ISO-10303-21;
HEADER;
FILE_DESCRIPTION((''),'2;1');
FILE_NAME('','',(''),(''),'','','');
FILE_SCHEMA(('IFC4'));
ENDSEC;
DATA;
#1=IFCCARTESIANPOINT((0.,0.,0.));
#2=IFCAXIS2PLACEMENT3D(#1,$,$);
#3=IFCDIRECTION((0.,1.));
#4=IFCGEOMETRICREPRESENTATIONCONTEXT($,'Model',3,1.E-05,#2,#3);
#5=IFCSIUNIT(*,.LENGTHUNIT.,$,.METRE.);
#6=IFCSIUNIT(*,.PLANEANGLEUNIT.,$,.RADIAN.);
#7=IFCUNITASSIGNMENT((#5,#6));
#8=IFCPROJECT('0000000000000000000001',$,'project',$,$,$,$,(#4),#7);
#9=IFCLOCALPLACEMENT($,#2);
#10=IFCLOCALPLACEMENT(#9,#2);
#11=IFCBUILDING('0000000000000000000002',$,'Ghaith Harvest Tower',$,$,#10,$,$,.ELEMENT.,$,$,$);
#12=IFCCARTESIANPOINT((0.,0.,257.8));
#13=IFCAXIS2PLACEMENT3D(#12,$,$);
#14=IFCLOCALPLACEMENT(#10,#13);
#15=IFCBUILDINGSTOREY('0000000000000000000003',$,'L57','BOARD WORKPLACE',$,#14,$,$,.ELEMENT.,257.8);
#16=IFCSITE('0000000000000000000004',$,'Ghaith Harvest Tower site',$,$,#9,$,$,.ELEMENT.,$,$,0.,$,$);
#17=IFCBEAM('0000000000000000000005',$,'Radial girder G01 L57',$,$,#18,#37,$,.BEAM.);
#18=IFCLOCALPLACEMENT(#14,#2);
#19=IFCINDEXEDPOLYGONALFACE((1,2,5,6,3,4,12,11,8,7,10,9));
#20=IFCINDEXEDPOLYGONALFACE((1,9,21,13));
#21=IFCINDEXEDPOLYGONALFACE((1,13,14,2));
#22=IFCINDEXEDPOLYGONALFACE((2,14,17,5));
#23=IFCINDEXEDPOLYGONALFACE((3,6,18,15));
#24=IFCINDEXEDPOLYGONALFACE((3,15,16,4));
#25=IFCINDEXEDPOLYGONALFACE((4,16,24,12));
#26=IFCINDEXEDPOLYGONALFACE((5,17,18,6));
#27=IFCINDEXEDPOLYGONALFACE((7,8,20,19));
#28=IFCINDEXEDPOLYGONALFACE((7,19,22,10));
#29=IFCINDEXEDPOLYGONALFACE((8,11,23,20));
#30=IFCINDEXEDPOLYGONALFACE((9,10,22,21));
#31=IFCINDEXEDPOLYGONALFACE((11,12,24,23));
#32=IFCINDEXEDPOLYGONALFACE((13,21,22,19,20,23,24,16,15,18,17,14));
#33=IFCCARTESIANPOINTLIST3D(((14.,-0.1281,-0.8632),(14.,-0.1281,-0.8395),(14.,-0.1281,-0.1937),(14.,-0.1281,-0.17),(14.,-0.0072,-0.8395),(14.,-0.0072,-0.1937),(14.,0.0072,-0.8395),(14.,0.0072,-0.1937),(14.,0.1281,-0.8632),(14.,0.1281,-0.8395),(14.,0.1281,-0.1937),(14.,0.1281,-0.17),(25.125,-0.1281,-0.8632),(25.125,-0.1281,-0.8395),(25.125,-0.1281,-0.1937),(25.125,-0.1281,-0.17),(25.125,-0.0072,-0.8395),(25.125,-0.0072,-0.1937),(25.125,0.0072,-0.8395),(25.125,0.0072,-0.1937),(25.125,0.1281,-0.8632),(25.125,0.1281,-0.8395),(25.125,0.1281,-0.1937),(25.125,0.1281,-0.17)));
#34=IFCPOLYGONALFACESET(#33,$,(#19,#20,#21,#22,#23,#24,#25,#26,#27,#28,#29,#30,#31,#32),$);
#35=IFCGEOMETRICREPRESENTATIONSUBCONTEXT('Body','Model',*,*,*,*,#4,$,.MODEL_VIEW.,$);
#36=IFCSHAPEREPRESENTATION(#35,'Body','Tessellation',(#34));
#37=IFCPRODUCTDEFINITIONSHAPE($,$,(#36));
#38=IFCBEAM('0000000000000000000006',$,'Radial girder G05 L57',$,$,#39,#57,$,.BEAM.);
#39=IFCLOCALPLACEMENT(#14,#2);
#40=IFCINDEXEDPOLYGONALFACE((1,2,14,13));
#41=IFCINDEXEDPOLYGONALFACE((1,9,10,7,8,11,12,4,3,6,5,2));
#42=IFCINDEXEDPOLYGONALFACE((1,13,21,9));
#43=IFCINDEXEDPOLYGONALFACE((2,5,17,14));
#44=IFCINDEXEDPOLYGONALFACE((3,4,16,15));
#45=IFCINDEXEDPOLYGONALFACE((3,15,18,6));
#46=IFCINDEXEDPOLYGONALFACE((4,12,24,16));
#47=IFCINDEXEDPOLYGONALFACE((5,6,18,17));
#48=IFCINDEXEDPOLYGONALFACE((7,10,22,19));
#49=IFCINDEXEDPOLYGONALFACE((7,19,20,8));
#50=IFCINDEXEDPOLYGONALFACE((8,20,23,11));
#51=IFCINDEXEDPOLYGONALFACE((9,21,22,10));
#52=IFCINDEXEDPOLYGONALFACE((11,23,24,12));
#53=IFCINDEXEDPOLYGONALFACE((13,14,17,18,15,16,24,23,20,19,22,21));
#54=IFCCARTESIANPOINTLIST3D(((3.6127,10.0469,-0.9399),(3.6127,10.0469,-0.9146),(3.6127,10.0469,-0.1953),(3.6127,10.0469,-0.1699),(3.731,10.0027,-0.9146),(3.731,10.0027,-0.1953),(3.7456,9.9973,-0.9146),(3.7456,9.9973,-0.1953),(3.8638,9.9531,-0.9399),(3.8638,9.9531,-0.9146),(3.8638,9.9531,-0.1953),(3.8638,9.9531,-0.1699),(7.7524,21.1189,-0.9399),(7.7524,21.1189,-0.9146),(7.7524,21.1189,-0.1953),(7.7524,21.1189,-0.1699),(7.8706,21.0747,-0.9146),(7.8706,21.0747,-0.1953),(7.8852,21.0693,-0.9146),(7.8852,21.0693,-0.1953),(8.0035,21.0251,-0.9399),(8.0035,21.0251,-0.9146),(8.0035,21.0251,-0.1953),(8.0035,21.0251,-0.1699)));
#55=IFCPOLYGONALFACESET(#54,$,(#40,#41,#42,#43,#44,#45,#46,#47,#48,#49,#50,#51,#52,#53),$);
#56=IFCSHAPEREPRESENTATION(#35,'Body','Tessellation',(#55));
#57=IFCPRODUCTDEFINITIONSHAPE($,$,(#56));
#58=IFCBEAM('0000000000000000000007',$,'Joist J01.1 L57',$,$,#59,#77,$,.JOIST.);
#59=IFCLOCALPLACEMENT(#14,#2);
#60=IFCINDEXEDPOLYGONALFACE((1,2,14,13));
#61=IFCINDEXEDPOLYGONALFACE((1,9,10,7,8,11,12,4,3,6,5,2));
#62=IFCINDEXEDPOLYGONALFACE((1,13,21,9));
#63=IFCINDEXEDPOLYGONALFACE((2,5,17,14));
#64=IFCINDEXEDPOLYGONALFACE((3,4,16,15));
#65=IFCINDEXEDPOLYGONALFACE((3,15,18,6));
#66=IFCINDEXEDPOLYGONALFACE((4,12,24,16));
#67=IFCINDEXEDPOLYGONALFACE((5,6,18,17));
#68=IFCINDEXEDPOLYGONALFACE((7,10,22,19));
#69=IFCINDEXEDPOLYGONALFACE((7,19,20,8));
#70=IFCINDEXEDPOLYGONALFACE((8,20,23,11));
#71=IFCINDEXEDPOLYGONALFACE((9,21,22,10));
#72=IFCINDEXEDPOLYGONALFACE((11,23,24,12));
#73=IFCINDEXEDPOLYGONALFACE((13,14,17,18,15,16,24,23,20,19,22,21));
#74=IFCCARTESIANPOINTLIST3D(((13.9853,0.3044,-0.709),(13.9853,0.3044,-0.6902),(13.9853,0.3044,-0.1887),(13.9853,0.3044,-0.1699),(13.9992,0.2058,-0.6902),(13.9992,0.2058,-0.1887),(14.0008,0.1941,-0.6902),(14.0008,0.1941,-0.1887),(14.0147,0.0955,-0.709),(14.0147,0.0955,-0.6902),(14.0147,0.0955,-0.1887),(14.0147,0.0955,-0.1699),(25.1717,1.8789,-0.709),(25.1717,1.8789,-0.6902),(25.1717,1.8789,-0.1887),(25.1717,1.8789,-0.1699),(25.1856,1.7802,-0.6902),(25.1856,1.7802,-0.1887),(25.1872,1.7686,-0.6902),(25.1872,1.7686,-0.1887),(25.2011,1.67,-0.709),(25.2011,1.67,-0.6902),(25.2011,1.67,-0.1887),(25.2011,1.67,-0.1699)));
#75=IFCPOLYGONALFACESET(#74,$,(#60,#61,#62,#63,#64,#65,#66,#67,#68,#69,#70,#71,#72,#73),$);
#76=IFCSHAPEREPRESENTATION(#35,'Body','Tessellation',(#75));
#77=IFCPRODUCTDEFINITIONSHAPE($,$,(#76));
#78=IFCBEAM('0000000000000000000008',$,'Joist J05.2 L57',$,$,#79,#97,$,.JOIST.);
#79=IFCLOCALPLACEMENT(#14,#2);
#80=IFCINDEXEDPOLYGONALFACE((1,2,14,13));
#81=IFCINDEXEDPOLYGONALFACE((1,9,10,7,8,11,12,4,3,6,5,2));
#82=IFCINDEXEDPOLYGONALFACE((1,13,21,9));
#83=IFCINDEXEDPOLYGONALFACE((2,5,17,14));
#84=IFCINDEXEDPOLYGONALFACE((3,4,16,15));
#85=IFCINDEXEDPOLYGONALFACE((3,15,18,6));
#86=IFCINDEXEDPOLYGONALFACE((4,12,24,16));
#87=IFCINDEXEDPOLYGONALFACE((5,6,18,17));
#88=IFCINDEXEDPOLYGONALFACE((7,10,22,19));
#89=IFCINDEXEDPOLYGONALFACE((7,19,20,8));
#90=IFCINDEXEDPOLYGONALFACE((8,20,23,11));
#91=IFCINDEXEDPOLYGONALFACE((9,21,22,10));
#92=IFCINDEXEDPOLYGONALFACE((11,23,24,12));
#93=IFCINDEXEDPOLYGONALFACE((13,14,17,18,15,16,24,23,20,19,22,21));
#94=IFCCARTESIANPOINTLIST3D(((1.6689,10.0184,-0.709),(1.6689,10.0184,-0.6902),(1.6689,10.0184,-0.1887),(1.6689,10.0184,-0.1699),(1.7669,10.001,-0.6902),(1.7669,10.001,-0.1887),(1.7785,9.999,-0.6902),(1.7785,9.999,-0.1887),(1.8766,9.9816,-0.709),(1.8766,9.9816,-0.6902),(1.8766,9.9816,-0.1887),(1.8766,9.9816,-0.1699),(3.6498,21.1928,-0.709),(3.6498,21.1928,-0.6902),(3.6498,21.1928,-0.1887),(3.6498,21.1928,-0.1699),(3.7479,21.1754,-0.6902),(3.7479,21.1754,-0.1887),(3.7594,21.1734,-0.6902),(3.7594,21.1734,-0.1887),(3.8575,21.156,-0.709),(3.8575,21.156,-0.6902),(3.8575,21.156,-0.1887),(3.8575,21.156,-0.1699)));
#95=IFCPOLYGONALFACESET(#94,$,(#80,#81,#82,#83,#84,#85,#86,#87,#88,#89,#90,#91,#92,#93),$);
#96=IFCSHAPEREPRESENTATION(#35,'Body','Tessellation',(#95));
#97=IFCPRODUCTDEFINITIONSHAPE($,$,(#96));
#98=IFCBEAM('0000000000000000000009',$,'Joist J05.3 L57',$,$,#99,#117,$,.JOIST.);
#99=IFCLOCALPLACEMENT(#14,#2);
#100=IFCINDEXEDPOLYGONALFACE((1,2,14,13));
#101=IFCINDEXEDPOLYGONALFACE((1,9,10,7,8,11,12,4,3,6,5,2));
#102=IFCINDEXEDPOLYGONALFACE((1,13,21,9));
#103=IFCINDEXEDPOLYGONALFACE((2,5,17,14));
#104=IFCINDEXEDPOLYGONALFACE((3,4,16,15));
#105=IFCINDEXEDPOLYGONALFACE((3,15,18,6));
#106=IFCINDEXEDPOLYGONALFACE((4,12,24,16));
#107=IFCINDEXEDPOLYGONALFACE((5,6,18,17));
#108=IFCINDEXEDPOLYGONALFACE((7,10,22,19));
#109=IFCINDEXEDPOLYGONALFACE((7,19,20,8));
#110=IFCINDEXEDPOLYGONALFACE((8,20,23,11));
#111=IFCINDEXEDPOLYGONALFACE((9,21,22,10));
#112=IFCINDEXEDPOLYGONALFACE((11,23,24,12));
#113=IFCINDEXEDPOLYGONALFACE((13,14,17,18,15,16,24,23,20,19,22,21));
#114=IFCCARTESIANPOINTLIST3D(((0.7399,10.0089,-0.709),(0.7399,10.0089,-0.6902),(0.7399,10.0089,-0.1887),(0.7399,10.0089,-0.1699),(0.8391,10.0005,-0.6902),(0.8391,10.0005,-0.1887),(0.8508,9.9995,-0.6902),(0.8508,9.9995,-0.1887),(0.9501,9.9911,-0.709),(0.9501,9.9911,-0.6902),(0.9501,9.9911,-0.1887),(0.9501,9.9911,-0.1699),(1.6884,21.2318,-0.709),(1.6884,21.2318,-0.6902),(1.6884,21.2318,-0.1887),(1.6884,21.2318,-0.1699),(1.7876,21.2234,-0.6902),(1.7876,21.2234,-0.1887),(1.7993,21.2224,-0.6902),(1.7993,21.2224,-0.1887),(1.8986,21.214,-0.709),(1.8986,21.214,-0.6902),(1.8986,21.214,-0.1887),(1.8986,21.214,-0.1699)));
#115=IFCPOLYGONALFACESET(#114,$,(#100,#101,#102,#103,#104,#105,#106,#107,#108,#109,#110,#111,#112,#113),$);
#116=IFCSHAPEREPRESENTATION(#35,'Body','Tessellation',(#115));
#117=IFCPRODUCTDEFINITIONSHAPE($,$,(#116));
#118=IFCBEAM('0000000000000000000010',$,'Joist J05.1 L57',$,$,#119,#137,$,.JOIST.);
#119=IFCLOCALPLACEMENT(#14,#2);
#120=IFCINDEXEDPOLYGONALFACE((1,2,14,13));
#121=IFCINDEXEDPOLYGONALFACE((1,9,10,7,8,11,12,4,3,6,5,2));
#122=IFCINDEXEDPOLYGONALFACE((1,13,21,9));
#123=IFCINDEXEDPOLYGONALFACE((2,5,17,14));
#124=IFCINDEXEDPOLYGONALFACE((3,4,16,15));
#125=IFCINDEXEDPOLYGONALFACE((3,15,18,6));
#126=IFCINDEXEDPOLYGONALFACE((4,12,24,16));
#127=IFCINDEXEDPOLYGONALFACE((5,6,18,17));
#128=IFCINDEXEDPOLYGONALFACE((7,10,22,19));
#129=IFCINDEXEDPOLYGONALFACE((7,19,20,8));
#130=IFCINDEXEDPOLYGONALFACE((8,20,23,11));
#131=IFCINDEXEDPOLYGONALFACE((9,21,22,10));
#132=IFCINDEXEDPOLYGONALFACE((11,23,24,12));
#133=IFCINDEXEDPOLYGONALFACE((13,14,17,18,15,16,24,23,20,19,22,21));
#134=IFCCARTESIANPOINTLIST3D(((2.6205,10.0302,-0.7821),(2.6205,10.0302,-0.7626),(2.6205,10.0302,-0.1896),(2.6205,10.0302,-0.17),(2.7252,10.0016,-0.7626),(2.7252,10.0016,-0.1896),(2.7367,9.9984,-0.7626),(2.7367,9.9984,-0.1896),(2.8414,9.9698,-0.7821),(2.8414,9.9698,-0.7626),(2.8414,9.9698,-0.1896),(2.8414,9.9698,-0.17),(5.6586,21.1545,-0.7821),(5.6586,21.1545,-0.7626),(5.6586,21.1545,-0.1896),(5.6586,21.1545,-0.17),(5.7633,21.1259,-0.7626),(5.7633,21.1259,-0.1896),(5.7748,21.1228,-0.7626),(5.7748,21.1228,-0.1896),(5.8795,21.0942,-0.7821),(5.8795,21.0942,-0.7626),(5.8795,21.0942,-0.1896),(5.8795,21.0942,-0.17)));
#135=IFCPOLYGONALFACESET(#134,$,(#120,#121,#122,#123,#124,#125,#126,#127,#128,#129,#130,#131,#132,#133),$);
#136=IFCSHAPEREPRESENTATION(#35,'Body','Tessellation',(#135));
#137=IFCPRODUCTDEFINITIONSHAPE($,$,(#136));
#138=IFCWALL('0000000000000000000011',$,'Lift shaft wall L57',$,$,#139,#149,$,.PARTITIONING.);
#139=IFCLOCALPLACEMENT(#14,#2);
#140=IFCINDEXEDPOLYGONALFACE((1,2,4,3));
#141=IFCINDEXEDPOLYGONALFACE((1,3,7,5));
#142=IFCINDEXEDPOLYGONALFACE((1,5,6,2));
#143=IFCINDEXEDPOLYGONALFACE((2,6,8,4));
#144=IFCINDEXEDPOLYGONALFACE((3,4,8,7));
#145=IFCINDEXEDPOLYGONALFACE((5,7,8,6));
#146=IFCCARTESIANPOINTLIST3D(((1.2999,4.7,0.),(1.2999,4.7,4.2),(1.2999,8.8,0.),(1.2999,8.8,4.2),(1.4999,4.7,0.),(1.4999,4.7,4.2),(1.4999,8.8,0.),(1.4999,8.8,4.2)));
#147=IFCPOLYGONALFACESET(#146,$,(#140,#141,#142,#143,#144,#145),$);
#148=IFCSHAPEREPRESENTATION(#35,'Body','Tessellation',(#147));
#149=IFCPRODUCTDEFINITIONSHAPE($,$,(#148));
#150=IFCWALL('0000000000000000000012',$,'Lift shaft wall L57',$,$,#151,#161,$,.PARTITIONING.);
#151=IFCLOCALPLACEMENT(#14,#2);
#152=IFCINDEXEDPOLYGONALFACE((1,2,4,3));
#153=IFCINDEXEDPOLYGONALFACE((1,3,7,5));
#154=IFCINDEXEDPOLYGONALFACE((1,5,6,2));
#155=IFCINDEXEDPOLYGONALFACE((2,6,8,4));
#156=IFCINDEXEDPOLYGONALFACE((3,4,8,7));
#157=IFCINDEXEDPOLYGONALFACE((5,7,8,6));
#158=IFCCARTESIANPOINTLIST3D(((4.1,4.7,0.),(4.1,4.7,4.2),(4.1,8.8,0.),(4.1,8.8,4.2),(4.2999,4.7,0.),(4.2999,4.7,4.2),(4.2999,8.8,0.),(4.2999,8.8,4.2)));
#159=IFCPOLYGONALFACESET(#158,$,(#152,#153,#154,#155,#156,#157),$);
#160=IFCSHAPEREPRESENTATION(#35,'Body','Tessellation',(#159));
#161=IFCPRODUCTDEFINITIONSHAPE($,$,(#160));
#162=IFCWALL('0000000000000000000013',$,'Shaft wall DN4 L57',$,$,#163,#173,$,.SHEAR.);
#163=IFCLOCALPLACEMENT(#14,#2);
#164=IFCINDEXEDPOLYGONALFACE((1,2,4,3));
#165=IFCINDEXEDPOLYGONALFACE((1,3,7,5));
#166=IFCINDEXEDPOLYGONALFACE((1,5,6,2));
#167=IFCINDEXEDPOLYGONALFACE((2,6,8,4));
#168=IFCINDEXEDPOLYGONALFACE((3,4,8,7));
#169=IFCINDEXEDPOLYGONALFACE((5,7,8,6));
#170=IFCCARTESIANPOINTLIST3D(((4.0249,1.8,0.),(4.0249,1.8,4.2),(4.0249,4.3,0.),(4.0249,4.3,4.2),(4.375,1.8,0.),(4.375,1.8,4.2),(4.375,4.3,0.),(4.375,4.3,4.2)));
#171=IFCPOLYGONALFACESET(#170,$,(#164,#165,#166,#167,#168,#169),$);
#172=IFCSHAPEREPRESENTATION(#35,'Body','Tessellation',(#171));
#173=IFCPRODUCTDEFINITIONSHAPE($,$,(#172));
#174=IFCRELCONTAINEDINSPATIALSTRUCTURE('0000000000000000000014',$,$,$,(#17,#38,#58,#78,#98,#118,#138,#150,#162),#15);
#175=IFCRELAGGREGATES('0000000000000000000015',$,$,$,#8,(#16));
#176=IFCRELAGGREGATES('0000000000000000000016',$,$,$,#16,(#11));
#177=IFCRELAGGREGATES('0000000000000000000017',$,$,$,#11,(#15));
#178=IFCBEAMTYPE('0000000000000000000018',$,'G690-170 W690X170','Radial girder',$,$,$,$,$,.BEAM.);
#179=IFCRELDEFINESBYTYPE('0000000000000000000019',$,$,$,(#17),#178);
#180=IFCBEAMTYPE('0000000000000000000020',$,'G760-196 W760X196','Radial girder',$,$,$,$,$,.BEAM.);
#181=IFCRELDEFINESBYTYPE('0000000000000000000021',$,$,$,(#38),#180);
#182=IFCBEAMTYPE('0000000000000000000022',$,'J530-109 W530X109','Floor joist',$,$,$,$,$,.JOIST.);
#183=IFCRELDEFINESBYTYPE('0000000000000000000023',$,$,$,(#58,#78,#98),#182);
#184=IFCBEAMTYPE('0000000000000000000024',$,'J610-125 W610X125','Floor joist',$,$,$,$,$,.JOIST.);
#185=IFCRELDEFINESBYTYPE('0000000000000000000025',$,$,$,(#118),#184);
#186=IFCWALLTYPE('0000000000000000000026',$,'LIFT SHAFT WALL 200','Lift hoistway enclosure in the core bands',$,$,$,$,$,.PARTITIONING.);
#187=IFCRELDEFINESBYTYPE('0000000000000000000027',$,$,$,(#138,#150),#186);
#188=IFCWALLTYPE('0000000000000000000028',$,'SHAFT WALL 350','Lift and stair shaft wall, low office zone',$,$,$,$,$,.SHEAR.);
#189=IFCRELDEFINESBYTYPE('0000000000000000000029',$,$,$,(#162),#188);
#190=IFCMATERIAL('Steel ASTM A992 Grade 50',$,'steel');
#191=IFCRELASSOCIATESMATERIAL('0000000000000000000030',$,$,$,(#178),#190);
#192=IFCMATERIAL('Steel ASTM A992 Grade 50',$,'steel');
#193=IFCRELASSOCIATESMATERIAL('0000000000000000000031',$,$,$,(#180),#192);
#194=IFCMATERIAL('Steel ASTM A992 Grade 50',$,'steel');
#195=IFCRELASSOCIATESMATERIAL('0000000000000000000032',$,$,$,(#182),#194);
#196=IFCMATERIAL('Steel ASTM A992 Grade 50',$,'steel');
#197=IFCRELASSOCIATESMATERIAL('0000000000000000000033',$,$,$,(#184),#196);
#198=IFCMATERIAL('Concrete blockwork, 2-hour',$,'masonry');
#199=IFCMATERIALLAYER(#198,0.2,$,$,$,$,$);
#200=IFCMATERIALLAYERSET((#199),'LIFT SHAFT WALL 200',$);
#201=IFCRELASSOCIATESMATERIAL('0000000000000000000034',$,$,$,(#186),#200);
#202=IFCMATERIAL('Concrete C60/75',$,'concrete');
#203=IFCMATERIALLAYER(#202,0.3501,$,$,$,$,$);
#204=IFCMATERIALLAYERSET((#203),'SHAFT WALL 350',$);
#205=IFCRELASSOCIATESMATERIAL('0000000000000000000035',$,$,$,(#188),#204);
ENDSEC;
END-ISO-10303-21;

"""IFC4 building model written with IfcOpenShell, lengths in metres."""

from ifc_helpers import new_model, si_unit, direction, frame, frame_2d, origin, origin_2d, place, context, subcontext, project, spatial, rectangle, i_section, extrude, material, layer, layer_set, material_profile, profile_set, type_object, element, save


model = new_model("IFC4")

# Units and contexts
model_context = context("Model", 3, precision=1e-05, world=origin(), true_north=direction((0.0, 1.0)))
body_context = subcontext(model_context, "Body", "Model", "MODEL_VIEW")
ifc_project = project(units=[si_unit("LENGTHUNIT", "METRE"), si_unit("PLANEANGLEUNIT", "RADIAN")], contexts=[model_context])

# Site, building, storey
site_placement = place(None, origin())
site = spatial("IfcSite", under=ifc_project, at=site_placement, Name="Ghaith Harvest Tower site", CompositionType="ELEMENT", RefElevation=0.0)
building_placement = place(site_placement, origin())
building = spatial("IfcBuilding", under=site, at=building_placement, Name="Ghaith Harvest Tower", CompositionType="ELEMENT")
storey_placement = place(building_placement, frame((0.0, 0.0, 257.8)))
storey = spatial("IfcBuildingStorey", under=building, at=storey_placement, Name="L57", Description="BOARD WORKPLACE", CompositionType="ELEMENT", Elevation=257.8)

# Beams
ifc_material_1 = material(Name="Steel ASTM A992 Grade 50", Category="steel")
ifc_material_profile_1 = material_profile(ifc_material_1, i_section(OverallWidth=0.2561, OverallDepth=0.6931, WebThickness=0.0144, FlangeThickness=0.0237, at=origin_2d()), Name="W690X170")
ifc_profile_set_1 = profile_set([ifc_material_profile_1], Name="Steel ASTM A992 Grade 50")
beam_type_1 = type_object("IfcBeamType", Name="G690-170 W690X170", Description="Radial girder", PredefinedType="BEAM", material=ifc_profile_set_1)
beam_1_placement = place(storey_placement, frame((14.0, 0.0, -0.5166), z_axis=(1.0, 0.0, 0.0), x_axis=(0.0, 1.0, 0.0)))
element("IfcBeam", 1, at=beam_1_placement, inside=storey, type_object=beam_type_1, Name="Radial girder G01 L57", PredefinedType="BEAM", context=body_context, shape_type="SweptSolid", body=[
    extrude(i_section(OverallWidth=0.2561, OverallDepth=0.6931, WebThickness=0.0144, FlangeThickness=0.0237, at=origin_2d()), origin(), (0.0, 0.0, 1.0), 11.125),
])
ifc_material_2 = material(Name="Steel ASTM A992 Grade 50", Category="steel")
ifc_material_profile_2 = material_profile(ifc_material_2, i_section(OverallWidth=0.2681, OverallDepth=0.77, WebThickness=0.0156, FlangeThickness=0.0254, at=origin_2d()), Name="W760X196")
ifc_profile_set_2 = profile_set([ifc_material_profile_2], Name="Steel ASTM A992 Grade 50")
beam_type_2 = type_object("IfcBeamType", Name="G760-196 W760X196", Description="Radial girder", PredefinedType="BEAM", material=ifc_profile_set_2)
beam_2_placement = place(storey_placement, frame((3.7383, 10.0, -0.5549), z_axis=(0.350207, 0.936672, 0.0), x_axis=(-0.936672, 0.350207, 0.0)))
element("IfcBeam", 2, at=beam_2_placement, inside=storey, type_object=beam_type_2, Name="Radial girder G05 L57", PredefinedType="BEAM", context=body_context, shape_type="SweptSolid", body=[
    extrude(i_section(OverallWidth=0.2681, OverallDepth=0.77, WebThickness=0.0156, FlangeThickness=0.0254, at=origin_2d()), origin(), (0.0, 0.0, 1.0), 11.8206),
])
ifc_material_3 = material(Name="Steel ASTM A992 Grade 50", Category="steel")
ifc_material_profile_3 = material_profile(ifc_material_3, i_section(OverallWidth=0.2109, OverallDepth=0.5391, WebThickness=0.0117, FlangeThickness=0.0188, at=origin_2d()), Name="W530X109")
ifc_profile_set_3 = profile_set([ifc_material_profile_3], Name="Steel ASTM A992 Grade 50")
beam_type_3 = type_object("IfcBeamType", Name="J530-109 W530X109", Description="Floor joist", PredefinedType="JOIST", material=ifc_profile_set_3)
beam_3_placement = place(storey_placement, frame((14.0, 0.2, -0.4395), z_axis=(0.99024, 0.139376, 0.0), x_axis=(-0.139376, 0.99024, 0.0)))
element("IfcBeam", 3, at=beam_3_placement, inside=storey, type_object=beam_type_3, Name="Joist J01.1 L57", PredefinedType="JOIST", context=body_context, shape_type="SweptSolid", body=[
    extrude(i_section(OverallWidth=0.2109, OverallDepth=0.5391, WebThickness=0.0117, FlangeThickness=0.0188, at=origin_2d()), origin(), (0.0, 0.0, 1.0), 11.2966),
])
beam_4_placement = place(storey_placement, frame((1.7727, 10.0, -0.4395), z_axis=(0.174556, 0.984647, 0.0), x_axis=(-0.984647, 0.174556, 0.0)))
element("IfcBeam", 4, at=beam_4_placement, inside=storey, type_object=beam_type_3, Name="Joist J05.2 L57", PredefinedType="JOIST", context=body_context, shape_type="SweptSolid", body=[
    extrude(i_section(OverallWidth=0.2109, OverallDepth=0.5391, WebThickness=0.0117, FlangeThickness=0.0188, at=origin_2d()), origin(), (0.0, 0.0, 1.0), 11.3486),
])
beam_5_placement = place(storey_placement, frame((0.845, 10.0, -0.4395), z_axis=(0.084213, 0.996448, 0.0), x_axis=(-0.996448, 0.084213, 0.0)))
element("IfcBeam", 5, at=beam_5_placement, inside=storey, type_object=beam_type_3, Name="Joist J05.3 L57", PredefinedType="JOIST", context=body_context, shape_type="SweptSolid", body=[
    extrude(i_section(OverallWidth=0.2109, OverallDepth=0.5391, WebThickness=0.0117, FlangeThickness=0.0188, at=origin_2d()), origin(), (0.0, 0.0, 1.0), 11.2629),
])
ifc_material_4 = material(Name="Steel ASTM A992 Grade 50", Category="steel")
ifc_material_profile_4 = material_profile(ifc_material_4, i_section(OverallWidth=0.229, OverallDepth=0.6121, WebThickness=0.012, FlangeThickness=0.0195, at=origin_2d()), Name="W610X125")
ifc_profile_set_4 = profile_set([ifc_material_profile_4], Name="Steel ASTM A992 Grade 50")
beam_type_4 = type_object("IfcBeamType", Name="J610-125 W610X125", Description="Floor joist", PredefinedType="JOIST", material=ifc_profile_set_4)
beam_6_placement = place(storey_placement, frame((2.731, 10.0, -0.4761), z_axis=(0.263456, 0.964671, 0.0), x_axis=(-0.964671, 0.263456, 0.0)))
element("IfcBeam", 6, at=beam_6_placement, inside=storey, type_object=beam_type_4, Name="Joist J05.1 L57", PredefinedType="JOIST", context=body_context, shape_type="SweptSolid", body=[
    extrude(i_section(OverallWidth=0.229, OverallDepth=0.6121, WebThickness=0.012, FlangeThickness=0.0195, at=origin_2d()), origin(), (0.0, 0.0, 1.0), 11.5317),
])

# Walls
ifc_material_5 = material(Name="Concrete blockwork, 2-hour", Category="masonry")
ifc_layer_1 = layer(ifc_material_5, 0.2)
ifc_layer_set_1 = layer_set([ifc_layer_1], Name="LIFT SHAFT WALL 200")
wall_type_1 = type_object("IfcWallType", Name="LIFT SHAFT WALL 200", Description="Lift hoistway enclosure in the core bands", PredefinedType="PARTITIONING", material=ifc_layer_set_1)
for number, where, z_axis, x_axis, name in (
    (7, (1.3999, 4.7, 0.0), (0.0, 0.0, 1.0), (0.0, 1.0, 0.0), "Lift shaft wall L57"),
    (8, (4.2, 4.7, 0.0), (0.0, 0.0, 1.0), (0.0, 1.0, 0.0), "Lift shaft wall L57"),
):
    element("IfcWall", number, at=place(storey_placement, frame(where, z_axis=z_axis, x_axis=x_axis)), inside=storey, type_object=wall_type_1, Name=name, PredefinedType="PARTITIONING", context=body_context, shape_type="SweptSolid", body=[
        extrude(rectangle(XDim=4.1001, YDim=0.2, at=frame_2d((2.05, 0.0))), origin(), (0.0, 0.0, 1.0), 4.2),
    ])

# Shared definitions
ifc_material_6 = material(Name="Concrete C60/75", Category="concrete")
ifc_layer_2 = layer(ifc_material_6, 0.3501)
ifc_layer_set_2 = layer_set([ifc_layer_2], Name="SHAFT WALL 350")
wall_type_2 = type_object("IfcWallType", Name="SHAFT WALL 350", Description="Lift and stair shaft wall, low office zone", PredefinedType="SHEAR", material=ifc_layer_set_2)

# Wall
wall_1_placement = place(storey_placement, frame((4.2, 1.8, 0.0), z_axis=(0.0, 0.0, 1.0), x_axis=(0.0, 1.0, 0.0)))
element("IfcWall", 9, at=wall_1_placement, inside=storey, type_object=wall_type_2, Name="Shaft wall DN4 L57", PredefinedType="SHEAR", context=body_context, shape_type="SweptSolid", body=[
    extrude(rectangle(XDim=2.5, YDim=0.3501, at=frame_2d((1.25, 0.0))), origin(), (0.0, 0.0, 1.0), 4.2),
])

save(model, "model.ifc")
